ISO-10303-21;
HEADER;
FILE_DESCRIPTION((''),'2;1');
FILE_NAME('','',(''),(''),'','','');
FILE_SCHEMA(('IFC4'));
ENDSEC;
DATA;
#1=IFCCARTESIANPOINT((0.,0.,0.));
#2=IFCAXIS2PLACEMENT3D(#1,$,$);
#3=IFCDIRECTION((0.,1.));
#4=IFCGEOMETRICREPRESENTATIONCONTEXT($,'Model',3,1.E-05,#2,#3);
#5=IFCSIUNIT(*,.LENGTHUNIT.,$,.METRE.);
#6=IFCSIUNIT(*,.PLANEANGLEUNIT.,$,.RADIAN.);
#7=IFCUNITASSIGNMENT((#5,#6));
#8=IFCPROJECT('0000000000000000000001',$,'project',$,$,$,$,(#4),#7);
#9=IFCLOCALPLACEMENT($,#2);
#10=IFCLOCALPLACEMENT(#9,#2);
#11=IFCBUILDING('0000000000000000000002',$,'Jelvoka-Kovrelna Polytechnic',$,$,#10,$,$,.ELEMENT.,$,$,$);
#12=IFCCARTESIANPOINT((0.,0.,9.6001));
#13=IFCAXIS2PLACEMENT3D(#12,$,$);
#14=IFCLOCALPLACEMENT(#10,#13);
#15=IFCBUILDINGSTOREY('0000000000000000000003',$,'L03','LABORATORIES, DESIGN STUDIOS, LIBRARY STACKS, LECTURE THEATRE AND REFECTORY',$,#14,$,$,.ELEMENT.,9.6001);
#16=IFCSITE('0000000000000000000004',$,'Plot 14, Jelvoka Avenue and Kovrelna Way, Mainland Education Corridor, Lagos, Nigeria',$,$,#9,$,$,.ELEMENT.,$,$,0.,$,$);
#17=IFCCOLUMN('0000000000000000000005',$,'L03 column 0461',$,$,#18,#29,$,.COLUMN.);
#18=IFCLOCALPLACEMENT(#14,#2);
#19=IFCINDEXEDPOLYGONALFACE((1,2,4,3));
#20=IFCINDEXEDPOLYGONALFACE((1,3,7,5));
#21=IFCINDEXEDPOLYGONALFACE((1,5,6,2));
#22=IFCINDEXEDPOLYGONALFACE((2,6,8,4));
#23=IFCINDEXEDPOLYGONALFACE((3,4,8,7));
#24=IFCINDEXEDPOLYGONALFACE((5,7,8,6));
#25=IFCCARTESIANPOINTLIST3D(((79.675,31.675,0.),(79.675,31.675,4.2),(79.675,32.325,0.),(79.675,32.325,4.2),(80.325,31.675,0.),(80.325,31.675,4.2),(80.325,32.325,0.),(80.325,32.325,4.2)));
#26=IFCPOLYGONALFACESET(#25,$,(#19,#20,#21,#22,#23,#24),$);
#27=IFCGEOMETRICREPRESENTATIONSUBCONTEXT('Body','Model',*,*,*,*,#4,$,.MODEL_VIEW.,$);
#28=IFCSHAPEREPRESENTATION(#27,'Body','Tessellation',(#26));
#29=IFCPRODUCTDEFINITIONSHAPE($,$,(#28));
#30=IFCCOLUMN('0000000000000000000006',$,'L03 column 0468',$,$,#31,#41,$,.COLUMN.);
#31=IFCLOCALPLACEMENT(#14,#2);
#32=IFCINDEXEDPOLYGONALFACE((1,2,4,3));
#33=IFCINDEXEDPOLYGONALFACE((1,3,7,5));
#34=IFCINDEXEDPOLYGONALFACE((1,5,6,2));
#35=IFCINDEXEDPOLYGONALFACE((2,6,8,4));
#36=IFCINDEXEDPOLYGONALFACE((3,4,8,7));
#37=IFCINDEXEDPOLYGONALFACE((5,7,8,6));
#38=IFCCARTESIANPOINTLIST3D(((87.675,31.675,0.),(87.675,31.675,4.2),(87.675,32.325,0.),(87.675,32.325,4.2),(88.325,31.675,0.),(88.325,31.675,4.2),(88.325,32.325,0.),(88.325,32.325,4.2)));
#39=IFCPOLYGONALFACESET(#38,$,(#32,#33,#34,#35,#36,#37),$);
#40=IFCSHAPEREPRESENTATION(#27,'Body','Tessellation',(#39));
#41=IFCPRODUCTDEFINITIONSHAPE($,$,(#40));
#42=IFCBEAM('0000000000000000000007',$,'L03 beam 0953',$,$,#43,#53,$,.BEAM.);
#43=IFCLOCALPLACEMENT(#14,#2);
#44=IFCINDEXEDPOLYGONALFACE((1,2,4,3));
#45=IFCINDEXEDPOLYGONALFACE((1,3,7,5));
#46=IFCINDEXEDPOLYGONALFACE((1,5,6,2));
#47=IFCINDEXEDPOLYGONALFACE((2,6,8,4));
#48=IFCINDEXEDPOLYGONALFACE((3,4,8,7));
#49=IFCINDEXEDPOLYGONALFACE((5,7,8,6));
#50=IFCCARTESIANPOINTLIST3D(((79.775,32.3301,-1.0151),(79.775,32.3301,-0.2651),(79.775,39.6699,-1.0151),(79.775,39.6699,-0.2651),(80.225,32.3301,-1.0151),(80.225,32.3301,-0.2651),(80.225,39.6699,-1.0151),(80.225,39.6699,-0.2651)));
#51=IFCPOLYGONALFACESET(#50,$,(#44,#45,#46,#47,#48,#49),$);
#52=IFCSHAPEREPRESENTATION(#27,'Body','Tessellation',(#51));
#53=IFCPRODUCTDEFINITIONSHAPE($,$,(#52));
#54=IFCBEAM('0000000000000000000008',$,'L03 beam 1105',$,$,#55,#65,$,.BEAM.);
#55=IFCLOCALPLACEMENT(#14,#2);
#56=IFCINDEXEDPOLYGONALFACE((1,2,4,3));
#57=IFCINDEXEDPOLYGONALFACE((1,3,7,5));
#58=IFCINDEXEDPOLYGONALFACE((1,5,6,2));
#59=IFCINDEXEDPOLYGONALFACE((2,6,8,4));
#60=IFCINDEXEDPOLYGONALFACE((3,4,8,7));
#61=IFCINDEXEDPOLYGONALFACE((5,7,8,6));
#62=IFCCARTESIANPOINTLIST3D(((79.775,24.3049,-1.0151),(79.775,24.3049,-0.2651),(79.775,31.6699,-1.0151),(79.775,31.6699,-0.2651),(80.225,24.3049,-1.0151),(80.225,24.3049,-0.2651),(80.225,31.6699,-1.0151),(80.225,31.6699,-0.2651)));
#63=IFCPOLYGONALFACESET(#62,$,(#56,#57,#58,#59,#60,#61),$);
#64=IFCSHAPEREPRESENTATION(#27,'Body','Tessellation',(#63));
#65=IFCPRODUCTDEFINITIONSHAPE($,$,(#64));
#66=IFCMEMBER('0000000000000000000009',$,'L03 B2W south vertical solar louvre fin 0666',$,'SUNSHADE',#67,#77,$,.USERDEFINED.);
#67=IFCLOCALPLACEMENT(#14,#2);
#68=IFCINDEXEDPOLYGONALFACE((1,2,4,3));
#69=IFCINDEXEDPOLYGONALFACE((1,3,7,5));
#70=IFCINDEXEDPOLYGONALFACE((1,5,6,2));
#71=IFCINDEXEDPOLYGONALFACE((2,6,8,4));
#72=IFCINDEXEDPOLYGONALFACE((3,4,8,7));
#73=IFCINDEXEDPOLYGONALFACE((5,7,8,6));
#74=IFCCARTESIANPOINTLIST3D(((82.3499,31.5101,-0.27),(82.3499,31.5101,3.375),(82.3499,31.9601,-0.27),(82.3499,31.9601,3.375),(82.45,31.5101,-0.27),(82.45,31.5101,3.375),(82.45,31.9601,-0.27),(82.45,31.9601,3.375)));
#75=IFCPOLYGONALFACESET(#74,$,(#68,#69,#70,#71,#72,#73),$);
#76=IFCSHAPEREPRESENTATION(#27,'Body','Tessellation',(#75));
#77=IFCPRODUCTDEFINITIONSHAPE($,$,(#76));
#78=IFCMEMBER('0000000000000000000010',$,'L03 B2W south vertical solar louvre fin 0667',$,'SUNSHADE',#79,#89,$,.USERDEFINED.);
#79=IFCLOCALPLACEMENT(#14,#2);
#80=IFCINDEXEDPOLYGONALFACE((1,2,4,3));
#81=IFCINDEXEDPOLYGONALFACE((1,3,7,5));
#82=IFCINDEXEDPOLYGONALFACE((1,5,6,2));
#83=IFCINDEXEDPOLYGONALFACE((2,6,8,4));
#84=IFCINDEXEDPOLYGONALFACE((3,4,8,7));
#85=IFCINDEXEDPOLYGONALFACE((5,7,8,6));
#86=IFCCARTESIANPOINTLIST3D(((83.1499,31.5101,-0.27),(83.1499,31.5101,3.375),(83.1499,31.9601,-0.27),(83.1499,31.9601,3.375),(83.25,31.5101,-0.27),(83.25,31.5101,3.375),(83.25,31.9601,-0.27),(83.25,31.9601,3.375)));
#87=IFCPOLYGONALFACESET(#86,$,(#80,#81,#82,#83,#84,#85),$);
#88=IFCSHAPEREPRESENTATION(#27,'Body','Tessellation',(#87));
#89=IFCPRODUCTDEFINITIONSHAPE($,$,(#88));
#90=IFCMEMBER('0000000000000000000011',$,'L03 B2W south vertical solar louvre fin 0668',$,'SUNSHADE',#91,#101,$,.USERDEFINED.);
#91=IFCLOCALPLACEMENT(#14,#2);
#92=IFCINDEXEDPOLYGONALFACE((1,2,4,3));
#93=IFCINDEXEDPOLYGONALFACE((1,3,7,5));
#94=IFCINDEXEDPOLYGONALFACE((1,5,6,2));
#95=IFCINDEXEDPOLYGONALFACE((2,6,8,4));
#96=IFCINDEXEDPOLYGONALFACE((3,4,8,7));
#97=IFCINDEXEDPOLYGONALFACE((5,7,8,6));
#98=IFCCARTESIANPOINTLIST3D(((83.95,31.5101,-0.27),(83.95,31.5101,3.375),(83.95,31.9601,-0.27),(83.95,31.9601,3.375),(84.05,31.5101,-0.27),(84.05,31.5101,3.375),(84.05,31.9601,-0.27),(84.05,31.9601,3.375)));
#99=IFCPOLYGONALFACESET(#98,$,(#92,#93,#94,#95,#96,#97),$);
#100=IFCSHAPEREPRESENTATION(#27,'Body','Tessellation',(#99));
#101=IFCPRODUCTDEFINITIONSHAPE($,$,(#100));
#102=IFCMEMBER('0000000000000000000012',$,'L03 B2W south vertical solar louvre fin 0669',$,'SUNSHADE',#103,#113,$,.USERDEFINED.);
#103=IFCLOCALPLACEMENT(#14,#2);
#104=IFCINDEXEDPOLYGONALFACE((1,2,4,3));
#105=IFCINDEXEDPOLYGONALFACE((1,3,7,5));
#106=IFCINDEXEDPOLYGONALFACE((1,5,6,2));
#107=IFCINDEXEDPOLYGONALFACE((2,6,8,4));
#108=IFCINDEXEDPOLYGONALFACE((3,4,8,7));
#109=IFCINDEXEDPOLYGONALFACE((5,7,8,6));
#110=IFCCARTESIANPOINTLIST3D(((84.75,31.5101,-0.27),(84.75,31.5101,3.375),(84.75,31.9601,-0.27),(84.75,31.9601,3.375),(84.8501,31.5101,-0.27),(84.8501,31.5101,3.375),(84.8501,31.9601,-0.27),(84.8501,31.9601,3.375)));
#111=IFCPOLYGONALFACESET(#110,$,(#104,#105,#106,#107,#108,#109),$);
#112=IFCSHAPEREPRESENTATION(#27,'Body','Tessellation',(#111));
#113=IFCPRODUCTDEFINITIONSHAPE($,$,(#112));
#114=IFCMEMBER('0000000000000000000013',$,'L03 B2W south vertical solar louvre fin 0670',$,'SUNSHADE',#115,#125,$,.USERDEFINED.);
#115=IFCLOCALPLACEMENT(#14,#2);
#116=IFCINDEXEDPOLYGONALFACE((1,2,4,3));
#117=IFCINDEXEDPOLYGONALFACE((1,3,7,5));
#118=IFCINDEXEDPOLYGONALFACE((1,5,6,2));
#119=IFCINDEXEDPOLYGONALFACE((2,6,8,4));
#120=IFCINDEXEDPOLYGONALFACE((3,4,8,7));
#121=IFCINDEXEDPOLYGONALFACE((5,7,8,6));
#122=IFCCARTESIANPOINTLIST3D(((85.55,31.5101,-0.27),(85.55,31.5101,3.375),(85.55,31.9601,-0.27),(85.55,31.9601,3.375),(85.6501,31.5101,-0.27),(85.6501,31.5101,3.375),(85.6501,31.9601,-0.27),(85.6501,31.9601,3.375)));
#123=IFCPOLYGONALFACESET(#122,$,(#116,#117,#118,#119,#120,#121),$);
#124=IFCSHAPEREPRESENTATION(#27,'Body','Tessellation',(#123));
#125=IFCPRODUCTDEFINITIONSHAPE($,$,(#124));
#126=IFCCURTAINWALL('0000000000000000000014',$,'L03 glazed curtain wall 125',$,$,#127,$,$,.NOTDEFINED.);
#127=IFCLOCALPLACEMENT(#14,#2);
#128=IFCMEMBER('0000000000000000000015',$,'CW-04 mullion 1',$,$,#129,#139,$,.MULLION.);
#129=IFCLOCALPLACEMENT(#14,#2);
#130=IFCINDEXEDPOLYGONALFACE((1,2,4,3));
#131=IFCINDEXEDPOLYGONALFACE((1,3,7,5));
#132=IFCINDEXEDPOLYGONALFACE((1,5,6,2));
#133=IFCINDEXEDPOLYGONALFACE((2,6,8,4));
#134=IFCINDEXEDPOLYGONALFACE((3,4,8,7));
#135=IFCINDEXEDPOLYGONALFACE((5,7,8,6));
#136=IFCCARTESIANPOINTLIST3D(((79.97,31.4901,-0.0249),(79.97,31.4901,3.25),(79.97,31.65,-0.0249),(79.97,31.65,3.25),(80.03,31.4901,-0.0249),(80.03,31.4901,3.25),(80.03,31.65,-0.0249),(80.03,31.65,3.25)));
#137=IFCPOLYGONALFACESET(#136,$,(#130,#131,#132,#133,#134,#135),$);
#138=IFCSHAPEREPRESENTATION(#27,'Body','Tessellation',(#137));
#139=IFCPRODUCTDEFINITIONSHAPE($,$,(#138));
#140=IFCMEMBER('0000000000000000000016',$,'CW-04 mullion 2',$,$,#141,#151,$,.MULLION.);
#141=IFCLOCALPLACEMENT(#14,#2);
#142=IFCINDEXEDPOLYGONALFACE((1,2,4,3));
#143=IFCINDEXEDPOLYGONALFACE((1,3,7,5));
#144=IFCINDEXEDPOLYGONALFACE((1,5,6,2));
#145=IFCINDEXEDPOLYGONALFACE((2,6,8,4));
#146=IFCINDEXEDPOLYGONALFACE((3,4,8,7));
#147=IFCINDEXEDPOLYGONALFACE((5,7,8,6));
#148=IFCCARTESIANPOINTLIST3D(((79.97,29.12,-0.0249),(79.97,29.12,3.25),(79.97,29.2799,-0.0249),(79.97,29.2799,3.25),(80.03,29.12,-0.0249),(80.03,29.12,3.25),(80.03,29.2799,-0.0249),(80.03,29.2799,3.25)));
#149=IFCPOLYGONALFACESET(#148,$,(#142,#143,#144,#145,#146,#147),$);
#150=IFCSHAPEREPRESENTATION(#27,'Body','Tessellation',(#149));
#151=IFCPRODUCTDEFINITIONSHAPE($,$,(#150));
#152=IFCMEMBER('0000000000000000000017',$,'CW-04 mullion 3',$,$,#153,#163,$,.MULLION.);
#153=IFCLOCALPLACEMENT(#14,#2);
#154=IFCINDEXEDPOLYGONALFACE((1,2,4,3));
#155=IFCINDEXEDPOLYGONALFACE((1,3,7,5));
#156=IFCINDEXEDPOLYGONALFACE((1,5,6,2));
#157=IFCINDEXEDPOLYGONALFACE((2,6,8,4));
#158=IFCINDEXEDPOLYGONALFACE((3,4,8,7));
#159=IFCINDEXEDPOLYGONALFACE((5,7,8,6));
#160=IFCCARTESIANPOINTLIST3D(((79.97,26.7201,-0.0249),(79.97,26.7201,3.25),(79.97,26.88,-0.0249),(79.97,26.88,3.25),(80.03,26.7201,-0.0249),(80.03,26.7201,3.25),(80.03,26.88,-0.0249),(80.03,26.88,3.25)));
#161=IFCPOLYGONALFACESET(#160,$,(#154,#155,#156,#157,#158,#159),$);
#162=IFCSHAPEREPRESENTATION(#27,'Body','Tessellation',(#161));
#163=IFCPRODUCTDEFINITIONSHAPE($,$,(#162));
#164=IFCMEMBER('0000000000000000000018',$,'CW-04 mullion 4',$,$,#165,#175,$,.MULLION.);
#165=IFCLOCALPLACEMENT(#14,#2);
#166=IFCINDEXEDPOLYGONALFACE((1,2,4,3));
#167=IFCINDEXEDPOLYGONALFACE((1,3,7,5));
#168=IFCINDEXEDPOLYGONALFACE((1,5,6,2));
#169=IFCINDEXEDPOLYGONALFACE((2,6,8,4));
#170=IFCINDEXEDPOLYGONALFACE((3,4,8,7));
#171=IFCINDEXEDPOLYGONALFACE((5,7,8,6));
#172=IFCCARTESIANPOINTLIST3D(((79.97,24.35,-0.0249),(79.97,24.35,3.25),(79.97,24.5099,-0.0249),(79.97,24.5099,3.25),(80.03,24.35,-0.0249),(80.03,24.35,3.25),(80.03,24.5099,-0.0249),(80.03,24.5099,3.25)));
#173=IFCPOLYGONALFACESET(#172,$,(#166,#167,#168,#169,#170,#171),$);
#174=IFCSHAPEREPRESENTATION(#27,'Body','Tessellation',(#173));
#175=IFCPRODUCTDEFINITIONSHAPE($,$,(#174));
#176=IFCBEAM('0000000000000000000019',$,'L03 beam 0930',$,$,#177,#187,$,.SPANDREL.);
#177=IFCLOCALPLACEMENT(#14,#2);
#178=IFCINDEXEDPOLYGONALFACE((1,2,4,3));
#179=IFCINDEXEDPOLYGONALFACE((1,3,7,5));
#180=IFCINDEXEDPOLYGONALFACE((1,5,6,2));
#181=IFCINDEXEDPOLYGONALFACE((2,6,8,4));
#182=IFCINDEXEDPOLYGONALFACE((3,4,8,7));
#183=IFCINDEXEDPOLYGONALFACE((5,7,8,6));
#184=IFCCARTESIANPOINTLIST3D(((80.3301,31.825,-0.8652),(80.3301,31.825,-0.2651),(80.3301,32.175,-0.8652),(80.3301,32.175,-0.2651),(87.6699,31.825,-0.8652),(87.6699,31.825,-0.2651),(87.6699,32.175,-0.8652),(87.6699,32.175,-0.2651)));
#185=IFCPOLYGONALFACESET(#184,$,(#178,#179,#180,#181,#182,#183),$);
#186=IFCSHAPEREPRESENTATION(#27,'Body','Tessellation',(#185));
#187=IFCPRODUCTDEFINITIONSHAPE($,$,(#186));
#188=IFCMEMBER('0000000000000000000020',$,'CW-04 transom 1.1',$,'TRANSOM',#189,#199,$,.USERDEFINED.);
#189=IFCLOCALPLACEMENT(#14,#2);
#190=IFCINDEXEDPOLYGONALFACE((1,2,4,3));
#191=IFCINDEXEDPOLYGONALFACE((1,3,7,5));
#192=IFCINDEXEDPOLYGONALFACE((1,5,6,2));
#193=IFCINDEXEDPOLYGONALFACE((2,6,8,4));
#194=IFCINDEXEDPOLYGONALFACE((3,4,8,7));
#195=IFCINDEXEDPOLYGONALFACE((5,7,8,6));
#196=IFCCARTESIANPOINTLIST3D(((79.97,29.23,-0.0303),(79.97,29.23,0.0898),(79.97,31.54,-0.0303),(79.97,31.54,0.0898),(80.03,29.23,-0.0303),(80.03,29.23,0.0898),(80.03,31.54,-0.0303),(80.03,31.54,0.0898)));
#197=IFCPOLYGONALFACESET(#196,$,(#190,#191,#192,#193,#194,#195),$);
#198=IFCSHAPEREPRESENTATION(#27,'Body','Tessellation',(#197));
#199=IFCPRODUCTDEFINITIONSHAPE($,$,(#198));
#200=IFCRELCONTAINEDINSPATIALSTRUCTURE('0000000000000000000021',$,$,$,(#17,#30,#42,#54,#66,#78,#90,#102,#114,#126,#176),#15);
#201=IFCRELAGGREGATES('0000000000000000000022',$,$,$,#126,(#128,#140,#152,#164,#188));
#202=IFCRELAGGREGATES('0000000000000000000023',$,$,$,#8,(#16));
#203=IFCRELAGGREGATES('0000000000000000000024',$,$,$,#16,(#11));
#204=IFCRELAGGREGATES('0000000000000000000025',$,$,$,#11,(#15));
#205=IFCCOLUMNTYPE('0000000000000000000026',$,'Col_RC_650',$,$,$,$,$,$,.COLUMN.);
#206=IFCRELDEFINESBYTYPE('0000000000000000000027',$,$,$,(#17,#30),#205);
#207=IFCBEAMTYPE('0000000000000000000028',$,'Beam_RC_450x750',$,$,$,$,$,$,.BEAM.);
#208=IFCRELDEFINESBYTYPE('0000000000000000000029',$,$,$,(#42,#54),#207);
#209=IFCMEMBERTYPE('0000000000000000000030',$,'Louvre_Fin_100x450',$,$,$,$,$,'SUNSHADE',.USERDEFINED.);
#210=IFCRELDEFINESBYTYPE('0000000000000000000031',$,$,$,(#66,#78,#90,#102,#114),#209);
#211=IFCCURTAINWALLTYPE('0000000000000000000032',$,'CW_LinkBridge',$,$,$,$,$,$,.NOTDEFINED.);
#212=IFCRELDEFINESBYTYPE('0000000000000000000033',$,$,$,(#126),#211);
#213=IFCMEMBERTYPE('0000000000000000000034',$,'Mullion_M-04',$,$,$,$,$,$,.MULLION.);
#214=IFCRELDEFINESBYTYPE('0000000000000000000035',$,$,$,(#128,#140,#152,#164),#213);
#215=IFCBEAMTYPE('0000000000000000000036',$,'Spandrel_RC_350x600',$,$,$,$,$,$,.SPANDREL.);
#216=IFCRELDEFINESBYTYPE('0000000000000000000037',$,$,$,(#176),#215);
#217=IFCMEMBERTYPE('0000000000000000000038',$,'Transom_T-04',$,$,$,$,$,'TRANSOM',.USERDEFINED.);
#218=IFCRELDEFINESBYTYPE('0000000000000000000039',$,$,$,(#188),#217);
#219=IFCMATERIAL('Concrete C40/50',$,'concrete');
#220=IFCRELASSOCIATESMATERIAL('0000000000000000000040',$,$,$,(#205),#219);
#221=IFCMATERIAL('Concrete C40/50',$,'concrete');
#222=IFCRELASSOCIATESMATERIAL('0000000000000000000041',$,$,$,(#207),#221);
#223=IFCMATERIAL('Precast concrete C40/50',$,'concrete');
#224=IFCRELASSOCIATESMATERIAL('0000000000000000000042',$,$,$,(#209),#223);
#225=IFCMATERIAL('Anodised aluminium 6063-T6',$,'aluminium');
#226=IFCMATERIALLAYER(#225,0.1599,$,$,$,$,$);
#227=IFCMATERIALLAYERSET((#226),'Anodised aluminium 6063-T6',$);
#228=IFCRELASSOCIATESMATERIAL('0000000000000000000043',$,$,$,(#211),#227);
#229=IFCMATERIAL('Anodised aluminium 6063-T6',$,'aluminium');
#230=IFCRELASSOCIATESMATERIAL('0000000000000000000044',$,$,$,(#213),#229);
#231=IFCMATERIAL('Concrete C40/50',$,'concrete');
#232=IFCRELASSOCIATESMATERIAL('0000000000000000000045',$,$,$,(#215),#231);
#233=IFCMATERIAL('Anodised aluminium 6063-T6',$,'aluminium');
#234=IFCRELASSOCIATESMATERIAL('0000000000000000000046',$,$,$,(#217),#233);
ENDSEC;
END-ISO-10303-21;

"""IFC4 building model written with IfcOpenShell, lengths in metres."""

from ifc_helpers import new_model, si_unit, direction, frame, origin, origin_2d, place, context, subcontext, project, spatial, rectangle, extrude, material, layer, layer_set, material_profile, profile_set, type_object, element, aggregate, save


model = new_model("IFC4")

# Units and contexts
model_context = context("Model", 3, precision=1e-05, world=origin(), true_north=direction((0.0, 1.0)))
body_context = subcontext(model_context, "Body", "Model", "MODEL_VIEW")
ifc_project = project(units=[si_unit("LENGTHUNIT", "METRE"), si_unit("PLANEANGLEUNIT", "RADIAN")], contexts=[model_context])

# Site, building, storey
site_placement = place(None, origin())
site = spatial("IfcSite", under=ifc_project, at=site_placement, Name="Plot 14, Jelvoka Avenue and Kovrelna Way, Mainland Education Corridor, Lagos, Nigeria", CompositionType="ELEMENT", RefElevation=0.0)
building_placement = place(site_placement, origin())
building = spatial("IfcBuilding", under=site, at=building_placement, Name="Jelvoka-Kovrelna Polytechnic", CompositionType="ELEMENT")
storey_placement = place(building_placement, frame((0.0, 0.0, 9.6001)))
storey = spatial("IfcBuildingStorey", under=building, at=storey_placement, Name="L03", Description="LABORATORIES, DESIGN STUDIOS, LIBRARY STACKS, LECTURE THEATRE AND REFECTORY", CompositionType="ELEMENT", Elevation=9.6001)

# Columns
ifc_material_1 = material(Name="Concrete C40/50", Category="concrete")
ifc_material_profile_1 = material_profile(ifc_material_1, rectangle(XDim=0.6499, YDim=0.6499, at=origin_2d()), Name="RC 650x650")
ifc_profile_set_1 = profile_set([ifc_material_profile_1], Name="Concrete C40/50")
column_type = type_object("IfcColumnType", Name="Col_RC_650", PredefinedType="COLUMN", material=ifc_profile_set_1)
for number, where, z_axis, x_axis, name in (
    (1, (80.0, 32.0, 0.0), (0.0, 0.0, 1.0), (1.0, 0.0, 0.0), "L03 column 0461"),
    (2, (88.0, 32.0, 0.0), (0.0, 0.0, 1.0), (1.0, 0.0, 0.0), "L03 column 0468"),
):
    element("IfcColumn", number, at=place(storey_placement, frame(where, z_axis=z_axis, x_axis=x_axis)), inside=storey, type_object=column_type, Name=name, PredefinedType="COLUMN", context=body_context, shape_type="SweptSolid", body=[
        extrude(rectangle(XDim=0.6499, YDim=0.6499, at=origin_2d()), origin(), (0.0, 0.0, 1.0), 4.2),
    ])

# Beams
ifc_material_2 = material(Name="Concrete C40/50", Category="concrete")
ifc_material_profile_2 = material_profile(ifc_material_2, rectangle(XDim=0.45, YDim=0.75, at=origin_2d()), Name="RC 450x750")
ifc_profile_set_2 = profile_set([ifc_material_profile_2], Name="Concrete C40/50")
beam_type_1 = type_object("IfcBeamType", Name="Beam_RC_450x750", PredefinedType="BEAM", material=ifc_profile_set_2)
beam_1_placement = place(storey_placement, frame((80.0, 32.3301, -0.6401), z_axis=(0.0, 1.0, 0.0), x_axis=(-1.0, 0.0, 0.0)))
element("IfcBeam", 3, at=beam_1_placement, inside=storey, type_object=beam_type_1, Name="L03 beam 0953", PredefinedType="BEAM", context=body_context, shape_type="SweptSolid", body=[
    extrude(rectangle(XDim=0.45, YDim=0.75, at=origin_2d()), origin(), (0.0, 0.0, 1.0), 7.3398),
])
beam_2_placement = place(storey_placement, frame((80.0, 24.3049, -0.6401), z_axis=(0.0, 1.0, 0.0), x_axis=(-1.0, 0.0, 0.0)))
element("IfcBeam", 4, at=beam_2_placement, inside=storey, type_object=beam_type_1, Name="L03 beam 1105", PredefinedType="BEAM", context=body_context, shape_type="SweptSolid", body=[
    extrude(rectangle(XDim=0.45, YDim=0.75, at=origin_2d()), origin(), (0.0, 0.0, 1.0), 7.365),
])

# Members
ifc_material_3 = material(Name="Precast concrete C40/50", Category="concrete")
ifc_material_profile_3 = material_profile(ifc_material_3, rectangle(XDim=0.1001, YDim=0.45, at=origin_2d()), Name="PC 100x450")
ifc_profile_set_3 = profile_set([ifc_material_profile_3], Name="Precast concrete C40/50")
member_type_1 = type_object("IfcMemberType", Name="Louvre_Fin_100x450", ElementType="SUNSHADE", PredefinedType="USERDEFINED", material=ifc_profile_set_3)
for number, where, z_axis, x_axis, name in (
    (5, (82.3999, 31.7351, -0.27), (0.0, 0.0, 1.0), (1.0, 0.0, 0.0), "L03 B2W south vertical solar louvre fin 0666"),
    (6, (83.2, 31.7351, -0.27), (0.0, 0.0, 1.0), (1.0, 0.0, 0.0), "L03 B2W south vertical solar louvre fin 0667"),
    (7, (84.0, 31.7351, -0.27), (0.0, 0.0, 1.0), (1.0, 0.0, 0.0), "L03 B2W south vertical solar louvre fin 0668"),
    (8, (84.8, 31.7351, -0.27), (0.0, 0.0, 1.0), (1.0, 0.0, 0.0), "L03 B2W south vertical solar louvre fin 0669"),
    (9, (85.6001, 31.7351, -0.27), (0.0, 0.0, 1.0), (1.0, 0.0, 0.0), "L03 B2W south vertical solar louvre fin 0670"),
):
    element("IfcMember", number, at=place(storey_placement, frame(where, z_axis=z_axis, x_axis=x_axis)), inside=storey, type_object=member_type_1, Name=name, ObjectType="SUNSHADE", PredefinedType="USERDEFINED", context=body_context, shape_type="SweptSolid", body=[
        extrude(rectangle(XDim=0.1001, YDim=0.45, at=origin_2d()), origin(), (0.0, 0.0, 1.0), 3.645),
    ])

# Curtain wall, members
ifc_material_4 = material(Name="Anodised aluminium 6063-T6", Category="aluminium")
ifc_layer_1 = layer(ifc_material_4, 0.1599)
ifc_layer_set_1 = layer_set([ifc_layer_1], Name="Anodised aluminium 6063-T6")
curtain_wall_type = type_object("IfcCurtainWallType", Name="CW_LinkBridge", PredefinedType="NOTDEFINED", material=ifc_layer_set_1)
curtain_wall_placement = place(storey_placement, origin())
curtain_wall = element("IfcCurtainWall", 10, at=curtain_wall_placement, inside=storey, type_object=curtain_wall_type, Name="L03 glazed curtain wall 125", PredefinedType="NOTDEFINED")
ifc_material_5 = material(Name="Anodised aluminium 6063-T6", Category="aluminium")
ifc_material_profile_4 = material_profile(ifc_material_5, rectangle(XDim=0.0601, YDim=0.1599, at=origin_2d()), Name="ALU 60x160")
ifc_profile_set_4 = profile_set([ifc_material_profile_4], Name="Anodised aluminium 6063-T6")
member_type_2 = type_object("IfcMemberType", Name="Mullion_M-04", PredefinedType="MULLION", material=ifc_profile_set_4)
member_1_placement = place(storey_placement, frame((80.0, 31.5701, -0.0249), z_axis=(0.0, 0.0, 1.0), x_axis=(1.0, 0.0, 0.0)))
member_1 = element("IfcMember", 11, at=member_1_placement, type_object=member_type_2, Name="CW-04 mullion 1", PredefinedType="MULLION", context=body_context, shape_type="SweptSolid", body=[
    extrude(rectangle(XDim=0.0601, YDim=0.1599, at=origin_2d()), origin(), (0.0, 0.0, 1.0), 3.2749),
])
member_2_placement = place(storey_placement, frame((80.0, 29.2, -0.0249), z_axis=(0.0, 0.0, 1.0), x_axis=(1.0, 0.0, 0.0)))
member_2 = element("IfcMember", 12, at=member_2_placement, type_object=member_type_2, Name="CW-04 mullion 2", PredefinedType="MULLION", context=body_context, shape_type="SweptSolid", body=[
    extrude(rectangle(XDim=0.0601, YDim=0.1599, at=origin_2d()), origin(), (0.0, 0.0, 1.0), 3.2749),
])
member_3_placement = place(storey_placement, frame((80.0, 26.8, -0.0249), z_axis=(0.0, 0.0, 1.0), x_axis=(1.0, 0.0, 0.0)))
member_3 = element("IfcMember", 13, at=member_3_placement, type_object=member_type_2, Name="CW-04 mullion 3", PredefinedType="MULLION", context=body_context, shape_type="SweptSolid", body=[
    extrude(rectangle(XDim=0.0601, YDim=0.1599, at=origin_2d()), origin(), (0.0, 0.0, 1.0), 3.2749),
])
member_4_placement = place(storey_placement, frame((80.0, 24.4299, -0.0249), z_axis=(0.0, 0.0, 1.0), x_axis=(1.0, 0.0, 0.0)))
member_4 = element("IfcMember", 14, at=member_4_placement, type_object=member_type_2, Name="CW-04 mullion 4", PredefinedType="MULLION", context=body_context, shape_type="SweptSolid", body=[
    extrude(rectangle(XDim=0.0601, YDim=0.1599, at=origin_2d()), origin(), (0.0, 0.0, 1.0), 3.2749),
])

# Beam
ifc_material_6 = material(Name="Concrete C40/50", Category="concrete")
ifc_material_profile_5 = material_profile(ifc_material_6, rectangle(XDim=0.3501, YDim=0.6001, at=origin_2d()), Name="RC 350x600")
ifc_profile_set_5 = profile_set([ifc_material_profile_5], Name="Concrete C40/50")
beam_type_2 = type_object("IfcBeamType", Name="Spandrel_RC_350x600", PredefinedType="SPANDREL", material=ifc_profile_set_5)
beam_3_placement = place(storey_placement, frame((80.3301, 32.0, -0.5652), z_axis=(1.0, 0.0, 0.0), x_axis=(0.0, 1.0, 0.0)))
element("IfcBeam", 15, at=beam_3_placement, inside=storey, type_object=beam_type_2, Name="L03 beam 0930", PredefinedType="SPANDREL", context=body_context, shape_type="SweptSolid", body=[
    extrude(rectangle(XDim=0.3501, YDim=0.6001, at=origin_2d()), origin(), (0.0, 0.0, 1.0), 7.3398),
])

# Member
ifc_material_7 = material(Name="Anodised aluminium 6063-T6", Category="aluminium")
ifc_material_profile_6 = material_profile(ifc_material_7, rectangle(XDim=0.0601, YDim=0.1201, at=origin_2d()), Name="ALU 60x120")
ifc_profile_set_6 = profile_set([ifc_material_profile_6], Name="Anodised aluminium 6063-T6")
member_type_3 = type_object("IfcMemberType", Name="Transom_T-04", ElementType="TRANSOM", PredefinedType="USERDEFINED", material=ifc_profile_set_6)
member_5_placement = place(storey_placement, frame((80.0, 31.54, 0.0298), z_axis=(0.0, -1.0, 0.0), x_axis=(1.0, 0.0, 0.0)))
member_5 = element("IfcMember", 16, at=member_5_placement, type_object=member_type_3, Name="CW-04 transom 1.1", ObjectType="TRANSOM", PredefinedType="USERDEFINED", context=body_context, shape_type="SweptSolid", body=[
    extrude(rectangle(XDim=0.0601, YDim=0.1201, at=origin_2d()), origin(), (0.0, 0.0, 1.0), 2.3101),
])

aggregate(curtain_wall, [member_1, member_2, member_3, member_4, member_5])

save(model, "model.ifc")
